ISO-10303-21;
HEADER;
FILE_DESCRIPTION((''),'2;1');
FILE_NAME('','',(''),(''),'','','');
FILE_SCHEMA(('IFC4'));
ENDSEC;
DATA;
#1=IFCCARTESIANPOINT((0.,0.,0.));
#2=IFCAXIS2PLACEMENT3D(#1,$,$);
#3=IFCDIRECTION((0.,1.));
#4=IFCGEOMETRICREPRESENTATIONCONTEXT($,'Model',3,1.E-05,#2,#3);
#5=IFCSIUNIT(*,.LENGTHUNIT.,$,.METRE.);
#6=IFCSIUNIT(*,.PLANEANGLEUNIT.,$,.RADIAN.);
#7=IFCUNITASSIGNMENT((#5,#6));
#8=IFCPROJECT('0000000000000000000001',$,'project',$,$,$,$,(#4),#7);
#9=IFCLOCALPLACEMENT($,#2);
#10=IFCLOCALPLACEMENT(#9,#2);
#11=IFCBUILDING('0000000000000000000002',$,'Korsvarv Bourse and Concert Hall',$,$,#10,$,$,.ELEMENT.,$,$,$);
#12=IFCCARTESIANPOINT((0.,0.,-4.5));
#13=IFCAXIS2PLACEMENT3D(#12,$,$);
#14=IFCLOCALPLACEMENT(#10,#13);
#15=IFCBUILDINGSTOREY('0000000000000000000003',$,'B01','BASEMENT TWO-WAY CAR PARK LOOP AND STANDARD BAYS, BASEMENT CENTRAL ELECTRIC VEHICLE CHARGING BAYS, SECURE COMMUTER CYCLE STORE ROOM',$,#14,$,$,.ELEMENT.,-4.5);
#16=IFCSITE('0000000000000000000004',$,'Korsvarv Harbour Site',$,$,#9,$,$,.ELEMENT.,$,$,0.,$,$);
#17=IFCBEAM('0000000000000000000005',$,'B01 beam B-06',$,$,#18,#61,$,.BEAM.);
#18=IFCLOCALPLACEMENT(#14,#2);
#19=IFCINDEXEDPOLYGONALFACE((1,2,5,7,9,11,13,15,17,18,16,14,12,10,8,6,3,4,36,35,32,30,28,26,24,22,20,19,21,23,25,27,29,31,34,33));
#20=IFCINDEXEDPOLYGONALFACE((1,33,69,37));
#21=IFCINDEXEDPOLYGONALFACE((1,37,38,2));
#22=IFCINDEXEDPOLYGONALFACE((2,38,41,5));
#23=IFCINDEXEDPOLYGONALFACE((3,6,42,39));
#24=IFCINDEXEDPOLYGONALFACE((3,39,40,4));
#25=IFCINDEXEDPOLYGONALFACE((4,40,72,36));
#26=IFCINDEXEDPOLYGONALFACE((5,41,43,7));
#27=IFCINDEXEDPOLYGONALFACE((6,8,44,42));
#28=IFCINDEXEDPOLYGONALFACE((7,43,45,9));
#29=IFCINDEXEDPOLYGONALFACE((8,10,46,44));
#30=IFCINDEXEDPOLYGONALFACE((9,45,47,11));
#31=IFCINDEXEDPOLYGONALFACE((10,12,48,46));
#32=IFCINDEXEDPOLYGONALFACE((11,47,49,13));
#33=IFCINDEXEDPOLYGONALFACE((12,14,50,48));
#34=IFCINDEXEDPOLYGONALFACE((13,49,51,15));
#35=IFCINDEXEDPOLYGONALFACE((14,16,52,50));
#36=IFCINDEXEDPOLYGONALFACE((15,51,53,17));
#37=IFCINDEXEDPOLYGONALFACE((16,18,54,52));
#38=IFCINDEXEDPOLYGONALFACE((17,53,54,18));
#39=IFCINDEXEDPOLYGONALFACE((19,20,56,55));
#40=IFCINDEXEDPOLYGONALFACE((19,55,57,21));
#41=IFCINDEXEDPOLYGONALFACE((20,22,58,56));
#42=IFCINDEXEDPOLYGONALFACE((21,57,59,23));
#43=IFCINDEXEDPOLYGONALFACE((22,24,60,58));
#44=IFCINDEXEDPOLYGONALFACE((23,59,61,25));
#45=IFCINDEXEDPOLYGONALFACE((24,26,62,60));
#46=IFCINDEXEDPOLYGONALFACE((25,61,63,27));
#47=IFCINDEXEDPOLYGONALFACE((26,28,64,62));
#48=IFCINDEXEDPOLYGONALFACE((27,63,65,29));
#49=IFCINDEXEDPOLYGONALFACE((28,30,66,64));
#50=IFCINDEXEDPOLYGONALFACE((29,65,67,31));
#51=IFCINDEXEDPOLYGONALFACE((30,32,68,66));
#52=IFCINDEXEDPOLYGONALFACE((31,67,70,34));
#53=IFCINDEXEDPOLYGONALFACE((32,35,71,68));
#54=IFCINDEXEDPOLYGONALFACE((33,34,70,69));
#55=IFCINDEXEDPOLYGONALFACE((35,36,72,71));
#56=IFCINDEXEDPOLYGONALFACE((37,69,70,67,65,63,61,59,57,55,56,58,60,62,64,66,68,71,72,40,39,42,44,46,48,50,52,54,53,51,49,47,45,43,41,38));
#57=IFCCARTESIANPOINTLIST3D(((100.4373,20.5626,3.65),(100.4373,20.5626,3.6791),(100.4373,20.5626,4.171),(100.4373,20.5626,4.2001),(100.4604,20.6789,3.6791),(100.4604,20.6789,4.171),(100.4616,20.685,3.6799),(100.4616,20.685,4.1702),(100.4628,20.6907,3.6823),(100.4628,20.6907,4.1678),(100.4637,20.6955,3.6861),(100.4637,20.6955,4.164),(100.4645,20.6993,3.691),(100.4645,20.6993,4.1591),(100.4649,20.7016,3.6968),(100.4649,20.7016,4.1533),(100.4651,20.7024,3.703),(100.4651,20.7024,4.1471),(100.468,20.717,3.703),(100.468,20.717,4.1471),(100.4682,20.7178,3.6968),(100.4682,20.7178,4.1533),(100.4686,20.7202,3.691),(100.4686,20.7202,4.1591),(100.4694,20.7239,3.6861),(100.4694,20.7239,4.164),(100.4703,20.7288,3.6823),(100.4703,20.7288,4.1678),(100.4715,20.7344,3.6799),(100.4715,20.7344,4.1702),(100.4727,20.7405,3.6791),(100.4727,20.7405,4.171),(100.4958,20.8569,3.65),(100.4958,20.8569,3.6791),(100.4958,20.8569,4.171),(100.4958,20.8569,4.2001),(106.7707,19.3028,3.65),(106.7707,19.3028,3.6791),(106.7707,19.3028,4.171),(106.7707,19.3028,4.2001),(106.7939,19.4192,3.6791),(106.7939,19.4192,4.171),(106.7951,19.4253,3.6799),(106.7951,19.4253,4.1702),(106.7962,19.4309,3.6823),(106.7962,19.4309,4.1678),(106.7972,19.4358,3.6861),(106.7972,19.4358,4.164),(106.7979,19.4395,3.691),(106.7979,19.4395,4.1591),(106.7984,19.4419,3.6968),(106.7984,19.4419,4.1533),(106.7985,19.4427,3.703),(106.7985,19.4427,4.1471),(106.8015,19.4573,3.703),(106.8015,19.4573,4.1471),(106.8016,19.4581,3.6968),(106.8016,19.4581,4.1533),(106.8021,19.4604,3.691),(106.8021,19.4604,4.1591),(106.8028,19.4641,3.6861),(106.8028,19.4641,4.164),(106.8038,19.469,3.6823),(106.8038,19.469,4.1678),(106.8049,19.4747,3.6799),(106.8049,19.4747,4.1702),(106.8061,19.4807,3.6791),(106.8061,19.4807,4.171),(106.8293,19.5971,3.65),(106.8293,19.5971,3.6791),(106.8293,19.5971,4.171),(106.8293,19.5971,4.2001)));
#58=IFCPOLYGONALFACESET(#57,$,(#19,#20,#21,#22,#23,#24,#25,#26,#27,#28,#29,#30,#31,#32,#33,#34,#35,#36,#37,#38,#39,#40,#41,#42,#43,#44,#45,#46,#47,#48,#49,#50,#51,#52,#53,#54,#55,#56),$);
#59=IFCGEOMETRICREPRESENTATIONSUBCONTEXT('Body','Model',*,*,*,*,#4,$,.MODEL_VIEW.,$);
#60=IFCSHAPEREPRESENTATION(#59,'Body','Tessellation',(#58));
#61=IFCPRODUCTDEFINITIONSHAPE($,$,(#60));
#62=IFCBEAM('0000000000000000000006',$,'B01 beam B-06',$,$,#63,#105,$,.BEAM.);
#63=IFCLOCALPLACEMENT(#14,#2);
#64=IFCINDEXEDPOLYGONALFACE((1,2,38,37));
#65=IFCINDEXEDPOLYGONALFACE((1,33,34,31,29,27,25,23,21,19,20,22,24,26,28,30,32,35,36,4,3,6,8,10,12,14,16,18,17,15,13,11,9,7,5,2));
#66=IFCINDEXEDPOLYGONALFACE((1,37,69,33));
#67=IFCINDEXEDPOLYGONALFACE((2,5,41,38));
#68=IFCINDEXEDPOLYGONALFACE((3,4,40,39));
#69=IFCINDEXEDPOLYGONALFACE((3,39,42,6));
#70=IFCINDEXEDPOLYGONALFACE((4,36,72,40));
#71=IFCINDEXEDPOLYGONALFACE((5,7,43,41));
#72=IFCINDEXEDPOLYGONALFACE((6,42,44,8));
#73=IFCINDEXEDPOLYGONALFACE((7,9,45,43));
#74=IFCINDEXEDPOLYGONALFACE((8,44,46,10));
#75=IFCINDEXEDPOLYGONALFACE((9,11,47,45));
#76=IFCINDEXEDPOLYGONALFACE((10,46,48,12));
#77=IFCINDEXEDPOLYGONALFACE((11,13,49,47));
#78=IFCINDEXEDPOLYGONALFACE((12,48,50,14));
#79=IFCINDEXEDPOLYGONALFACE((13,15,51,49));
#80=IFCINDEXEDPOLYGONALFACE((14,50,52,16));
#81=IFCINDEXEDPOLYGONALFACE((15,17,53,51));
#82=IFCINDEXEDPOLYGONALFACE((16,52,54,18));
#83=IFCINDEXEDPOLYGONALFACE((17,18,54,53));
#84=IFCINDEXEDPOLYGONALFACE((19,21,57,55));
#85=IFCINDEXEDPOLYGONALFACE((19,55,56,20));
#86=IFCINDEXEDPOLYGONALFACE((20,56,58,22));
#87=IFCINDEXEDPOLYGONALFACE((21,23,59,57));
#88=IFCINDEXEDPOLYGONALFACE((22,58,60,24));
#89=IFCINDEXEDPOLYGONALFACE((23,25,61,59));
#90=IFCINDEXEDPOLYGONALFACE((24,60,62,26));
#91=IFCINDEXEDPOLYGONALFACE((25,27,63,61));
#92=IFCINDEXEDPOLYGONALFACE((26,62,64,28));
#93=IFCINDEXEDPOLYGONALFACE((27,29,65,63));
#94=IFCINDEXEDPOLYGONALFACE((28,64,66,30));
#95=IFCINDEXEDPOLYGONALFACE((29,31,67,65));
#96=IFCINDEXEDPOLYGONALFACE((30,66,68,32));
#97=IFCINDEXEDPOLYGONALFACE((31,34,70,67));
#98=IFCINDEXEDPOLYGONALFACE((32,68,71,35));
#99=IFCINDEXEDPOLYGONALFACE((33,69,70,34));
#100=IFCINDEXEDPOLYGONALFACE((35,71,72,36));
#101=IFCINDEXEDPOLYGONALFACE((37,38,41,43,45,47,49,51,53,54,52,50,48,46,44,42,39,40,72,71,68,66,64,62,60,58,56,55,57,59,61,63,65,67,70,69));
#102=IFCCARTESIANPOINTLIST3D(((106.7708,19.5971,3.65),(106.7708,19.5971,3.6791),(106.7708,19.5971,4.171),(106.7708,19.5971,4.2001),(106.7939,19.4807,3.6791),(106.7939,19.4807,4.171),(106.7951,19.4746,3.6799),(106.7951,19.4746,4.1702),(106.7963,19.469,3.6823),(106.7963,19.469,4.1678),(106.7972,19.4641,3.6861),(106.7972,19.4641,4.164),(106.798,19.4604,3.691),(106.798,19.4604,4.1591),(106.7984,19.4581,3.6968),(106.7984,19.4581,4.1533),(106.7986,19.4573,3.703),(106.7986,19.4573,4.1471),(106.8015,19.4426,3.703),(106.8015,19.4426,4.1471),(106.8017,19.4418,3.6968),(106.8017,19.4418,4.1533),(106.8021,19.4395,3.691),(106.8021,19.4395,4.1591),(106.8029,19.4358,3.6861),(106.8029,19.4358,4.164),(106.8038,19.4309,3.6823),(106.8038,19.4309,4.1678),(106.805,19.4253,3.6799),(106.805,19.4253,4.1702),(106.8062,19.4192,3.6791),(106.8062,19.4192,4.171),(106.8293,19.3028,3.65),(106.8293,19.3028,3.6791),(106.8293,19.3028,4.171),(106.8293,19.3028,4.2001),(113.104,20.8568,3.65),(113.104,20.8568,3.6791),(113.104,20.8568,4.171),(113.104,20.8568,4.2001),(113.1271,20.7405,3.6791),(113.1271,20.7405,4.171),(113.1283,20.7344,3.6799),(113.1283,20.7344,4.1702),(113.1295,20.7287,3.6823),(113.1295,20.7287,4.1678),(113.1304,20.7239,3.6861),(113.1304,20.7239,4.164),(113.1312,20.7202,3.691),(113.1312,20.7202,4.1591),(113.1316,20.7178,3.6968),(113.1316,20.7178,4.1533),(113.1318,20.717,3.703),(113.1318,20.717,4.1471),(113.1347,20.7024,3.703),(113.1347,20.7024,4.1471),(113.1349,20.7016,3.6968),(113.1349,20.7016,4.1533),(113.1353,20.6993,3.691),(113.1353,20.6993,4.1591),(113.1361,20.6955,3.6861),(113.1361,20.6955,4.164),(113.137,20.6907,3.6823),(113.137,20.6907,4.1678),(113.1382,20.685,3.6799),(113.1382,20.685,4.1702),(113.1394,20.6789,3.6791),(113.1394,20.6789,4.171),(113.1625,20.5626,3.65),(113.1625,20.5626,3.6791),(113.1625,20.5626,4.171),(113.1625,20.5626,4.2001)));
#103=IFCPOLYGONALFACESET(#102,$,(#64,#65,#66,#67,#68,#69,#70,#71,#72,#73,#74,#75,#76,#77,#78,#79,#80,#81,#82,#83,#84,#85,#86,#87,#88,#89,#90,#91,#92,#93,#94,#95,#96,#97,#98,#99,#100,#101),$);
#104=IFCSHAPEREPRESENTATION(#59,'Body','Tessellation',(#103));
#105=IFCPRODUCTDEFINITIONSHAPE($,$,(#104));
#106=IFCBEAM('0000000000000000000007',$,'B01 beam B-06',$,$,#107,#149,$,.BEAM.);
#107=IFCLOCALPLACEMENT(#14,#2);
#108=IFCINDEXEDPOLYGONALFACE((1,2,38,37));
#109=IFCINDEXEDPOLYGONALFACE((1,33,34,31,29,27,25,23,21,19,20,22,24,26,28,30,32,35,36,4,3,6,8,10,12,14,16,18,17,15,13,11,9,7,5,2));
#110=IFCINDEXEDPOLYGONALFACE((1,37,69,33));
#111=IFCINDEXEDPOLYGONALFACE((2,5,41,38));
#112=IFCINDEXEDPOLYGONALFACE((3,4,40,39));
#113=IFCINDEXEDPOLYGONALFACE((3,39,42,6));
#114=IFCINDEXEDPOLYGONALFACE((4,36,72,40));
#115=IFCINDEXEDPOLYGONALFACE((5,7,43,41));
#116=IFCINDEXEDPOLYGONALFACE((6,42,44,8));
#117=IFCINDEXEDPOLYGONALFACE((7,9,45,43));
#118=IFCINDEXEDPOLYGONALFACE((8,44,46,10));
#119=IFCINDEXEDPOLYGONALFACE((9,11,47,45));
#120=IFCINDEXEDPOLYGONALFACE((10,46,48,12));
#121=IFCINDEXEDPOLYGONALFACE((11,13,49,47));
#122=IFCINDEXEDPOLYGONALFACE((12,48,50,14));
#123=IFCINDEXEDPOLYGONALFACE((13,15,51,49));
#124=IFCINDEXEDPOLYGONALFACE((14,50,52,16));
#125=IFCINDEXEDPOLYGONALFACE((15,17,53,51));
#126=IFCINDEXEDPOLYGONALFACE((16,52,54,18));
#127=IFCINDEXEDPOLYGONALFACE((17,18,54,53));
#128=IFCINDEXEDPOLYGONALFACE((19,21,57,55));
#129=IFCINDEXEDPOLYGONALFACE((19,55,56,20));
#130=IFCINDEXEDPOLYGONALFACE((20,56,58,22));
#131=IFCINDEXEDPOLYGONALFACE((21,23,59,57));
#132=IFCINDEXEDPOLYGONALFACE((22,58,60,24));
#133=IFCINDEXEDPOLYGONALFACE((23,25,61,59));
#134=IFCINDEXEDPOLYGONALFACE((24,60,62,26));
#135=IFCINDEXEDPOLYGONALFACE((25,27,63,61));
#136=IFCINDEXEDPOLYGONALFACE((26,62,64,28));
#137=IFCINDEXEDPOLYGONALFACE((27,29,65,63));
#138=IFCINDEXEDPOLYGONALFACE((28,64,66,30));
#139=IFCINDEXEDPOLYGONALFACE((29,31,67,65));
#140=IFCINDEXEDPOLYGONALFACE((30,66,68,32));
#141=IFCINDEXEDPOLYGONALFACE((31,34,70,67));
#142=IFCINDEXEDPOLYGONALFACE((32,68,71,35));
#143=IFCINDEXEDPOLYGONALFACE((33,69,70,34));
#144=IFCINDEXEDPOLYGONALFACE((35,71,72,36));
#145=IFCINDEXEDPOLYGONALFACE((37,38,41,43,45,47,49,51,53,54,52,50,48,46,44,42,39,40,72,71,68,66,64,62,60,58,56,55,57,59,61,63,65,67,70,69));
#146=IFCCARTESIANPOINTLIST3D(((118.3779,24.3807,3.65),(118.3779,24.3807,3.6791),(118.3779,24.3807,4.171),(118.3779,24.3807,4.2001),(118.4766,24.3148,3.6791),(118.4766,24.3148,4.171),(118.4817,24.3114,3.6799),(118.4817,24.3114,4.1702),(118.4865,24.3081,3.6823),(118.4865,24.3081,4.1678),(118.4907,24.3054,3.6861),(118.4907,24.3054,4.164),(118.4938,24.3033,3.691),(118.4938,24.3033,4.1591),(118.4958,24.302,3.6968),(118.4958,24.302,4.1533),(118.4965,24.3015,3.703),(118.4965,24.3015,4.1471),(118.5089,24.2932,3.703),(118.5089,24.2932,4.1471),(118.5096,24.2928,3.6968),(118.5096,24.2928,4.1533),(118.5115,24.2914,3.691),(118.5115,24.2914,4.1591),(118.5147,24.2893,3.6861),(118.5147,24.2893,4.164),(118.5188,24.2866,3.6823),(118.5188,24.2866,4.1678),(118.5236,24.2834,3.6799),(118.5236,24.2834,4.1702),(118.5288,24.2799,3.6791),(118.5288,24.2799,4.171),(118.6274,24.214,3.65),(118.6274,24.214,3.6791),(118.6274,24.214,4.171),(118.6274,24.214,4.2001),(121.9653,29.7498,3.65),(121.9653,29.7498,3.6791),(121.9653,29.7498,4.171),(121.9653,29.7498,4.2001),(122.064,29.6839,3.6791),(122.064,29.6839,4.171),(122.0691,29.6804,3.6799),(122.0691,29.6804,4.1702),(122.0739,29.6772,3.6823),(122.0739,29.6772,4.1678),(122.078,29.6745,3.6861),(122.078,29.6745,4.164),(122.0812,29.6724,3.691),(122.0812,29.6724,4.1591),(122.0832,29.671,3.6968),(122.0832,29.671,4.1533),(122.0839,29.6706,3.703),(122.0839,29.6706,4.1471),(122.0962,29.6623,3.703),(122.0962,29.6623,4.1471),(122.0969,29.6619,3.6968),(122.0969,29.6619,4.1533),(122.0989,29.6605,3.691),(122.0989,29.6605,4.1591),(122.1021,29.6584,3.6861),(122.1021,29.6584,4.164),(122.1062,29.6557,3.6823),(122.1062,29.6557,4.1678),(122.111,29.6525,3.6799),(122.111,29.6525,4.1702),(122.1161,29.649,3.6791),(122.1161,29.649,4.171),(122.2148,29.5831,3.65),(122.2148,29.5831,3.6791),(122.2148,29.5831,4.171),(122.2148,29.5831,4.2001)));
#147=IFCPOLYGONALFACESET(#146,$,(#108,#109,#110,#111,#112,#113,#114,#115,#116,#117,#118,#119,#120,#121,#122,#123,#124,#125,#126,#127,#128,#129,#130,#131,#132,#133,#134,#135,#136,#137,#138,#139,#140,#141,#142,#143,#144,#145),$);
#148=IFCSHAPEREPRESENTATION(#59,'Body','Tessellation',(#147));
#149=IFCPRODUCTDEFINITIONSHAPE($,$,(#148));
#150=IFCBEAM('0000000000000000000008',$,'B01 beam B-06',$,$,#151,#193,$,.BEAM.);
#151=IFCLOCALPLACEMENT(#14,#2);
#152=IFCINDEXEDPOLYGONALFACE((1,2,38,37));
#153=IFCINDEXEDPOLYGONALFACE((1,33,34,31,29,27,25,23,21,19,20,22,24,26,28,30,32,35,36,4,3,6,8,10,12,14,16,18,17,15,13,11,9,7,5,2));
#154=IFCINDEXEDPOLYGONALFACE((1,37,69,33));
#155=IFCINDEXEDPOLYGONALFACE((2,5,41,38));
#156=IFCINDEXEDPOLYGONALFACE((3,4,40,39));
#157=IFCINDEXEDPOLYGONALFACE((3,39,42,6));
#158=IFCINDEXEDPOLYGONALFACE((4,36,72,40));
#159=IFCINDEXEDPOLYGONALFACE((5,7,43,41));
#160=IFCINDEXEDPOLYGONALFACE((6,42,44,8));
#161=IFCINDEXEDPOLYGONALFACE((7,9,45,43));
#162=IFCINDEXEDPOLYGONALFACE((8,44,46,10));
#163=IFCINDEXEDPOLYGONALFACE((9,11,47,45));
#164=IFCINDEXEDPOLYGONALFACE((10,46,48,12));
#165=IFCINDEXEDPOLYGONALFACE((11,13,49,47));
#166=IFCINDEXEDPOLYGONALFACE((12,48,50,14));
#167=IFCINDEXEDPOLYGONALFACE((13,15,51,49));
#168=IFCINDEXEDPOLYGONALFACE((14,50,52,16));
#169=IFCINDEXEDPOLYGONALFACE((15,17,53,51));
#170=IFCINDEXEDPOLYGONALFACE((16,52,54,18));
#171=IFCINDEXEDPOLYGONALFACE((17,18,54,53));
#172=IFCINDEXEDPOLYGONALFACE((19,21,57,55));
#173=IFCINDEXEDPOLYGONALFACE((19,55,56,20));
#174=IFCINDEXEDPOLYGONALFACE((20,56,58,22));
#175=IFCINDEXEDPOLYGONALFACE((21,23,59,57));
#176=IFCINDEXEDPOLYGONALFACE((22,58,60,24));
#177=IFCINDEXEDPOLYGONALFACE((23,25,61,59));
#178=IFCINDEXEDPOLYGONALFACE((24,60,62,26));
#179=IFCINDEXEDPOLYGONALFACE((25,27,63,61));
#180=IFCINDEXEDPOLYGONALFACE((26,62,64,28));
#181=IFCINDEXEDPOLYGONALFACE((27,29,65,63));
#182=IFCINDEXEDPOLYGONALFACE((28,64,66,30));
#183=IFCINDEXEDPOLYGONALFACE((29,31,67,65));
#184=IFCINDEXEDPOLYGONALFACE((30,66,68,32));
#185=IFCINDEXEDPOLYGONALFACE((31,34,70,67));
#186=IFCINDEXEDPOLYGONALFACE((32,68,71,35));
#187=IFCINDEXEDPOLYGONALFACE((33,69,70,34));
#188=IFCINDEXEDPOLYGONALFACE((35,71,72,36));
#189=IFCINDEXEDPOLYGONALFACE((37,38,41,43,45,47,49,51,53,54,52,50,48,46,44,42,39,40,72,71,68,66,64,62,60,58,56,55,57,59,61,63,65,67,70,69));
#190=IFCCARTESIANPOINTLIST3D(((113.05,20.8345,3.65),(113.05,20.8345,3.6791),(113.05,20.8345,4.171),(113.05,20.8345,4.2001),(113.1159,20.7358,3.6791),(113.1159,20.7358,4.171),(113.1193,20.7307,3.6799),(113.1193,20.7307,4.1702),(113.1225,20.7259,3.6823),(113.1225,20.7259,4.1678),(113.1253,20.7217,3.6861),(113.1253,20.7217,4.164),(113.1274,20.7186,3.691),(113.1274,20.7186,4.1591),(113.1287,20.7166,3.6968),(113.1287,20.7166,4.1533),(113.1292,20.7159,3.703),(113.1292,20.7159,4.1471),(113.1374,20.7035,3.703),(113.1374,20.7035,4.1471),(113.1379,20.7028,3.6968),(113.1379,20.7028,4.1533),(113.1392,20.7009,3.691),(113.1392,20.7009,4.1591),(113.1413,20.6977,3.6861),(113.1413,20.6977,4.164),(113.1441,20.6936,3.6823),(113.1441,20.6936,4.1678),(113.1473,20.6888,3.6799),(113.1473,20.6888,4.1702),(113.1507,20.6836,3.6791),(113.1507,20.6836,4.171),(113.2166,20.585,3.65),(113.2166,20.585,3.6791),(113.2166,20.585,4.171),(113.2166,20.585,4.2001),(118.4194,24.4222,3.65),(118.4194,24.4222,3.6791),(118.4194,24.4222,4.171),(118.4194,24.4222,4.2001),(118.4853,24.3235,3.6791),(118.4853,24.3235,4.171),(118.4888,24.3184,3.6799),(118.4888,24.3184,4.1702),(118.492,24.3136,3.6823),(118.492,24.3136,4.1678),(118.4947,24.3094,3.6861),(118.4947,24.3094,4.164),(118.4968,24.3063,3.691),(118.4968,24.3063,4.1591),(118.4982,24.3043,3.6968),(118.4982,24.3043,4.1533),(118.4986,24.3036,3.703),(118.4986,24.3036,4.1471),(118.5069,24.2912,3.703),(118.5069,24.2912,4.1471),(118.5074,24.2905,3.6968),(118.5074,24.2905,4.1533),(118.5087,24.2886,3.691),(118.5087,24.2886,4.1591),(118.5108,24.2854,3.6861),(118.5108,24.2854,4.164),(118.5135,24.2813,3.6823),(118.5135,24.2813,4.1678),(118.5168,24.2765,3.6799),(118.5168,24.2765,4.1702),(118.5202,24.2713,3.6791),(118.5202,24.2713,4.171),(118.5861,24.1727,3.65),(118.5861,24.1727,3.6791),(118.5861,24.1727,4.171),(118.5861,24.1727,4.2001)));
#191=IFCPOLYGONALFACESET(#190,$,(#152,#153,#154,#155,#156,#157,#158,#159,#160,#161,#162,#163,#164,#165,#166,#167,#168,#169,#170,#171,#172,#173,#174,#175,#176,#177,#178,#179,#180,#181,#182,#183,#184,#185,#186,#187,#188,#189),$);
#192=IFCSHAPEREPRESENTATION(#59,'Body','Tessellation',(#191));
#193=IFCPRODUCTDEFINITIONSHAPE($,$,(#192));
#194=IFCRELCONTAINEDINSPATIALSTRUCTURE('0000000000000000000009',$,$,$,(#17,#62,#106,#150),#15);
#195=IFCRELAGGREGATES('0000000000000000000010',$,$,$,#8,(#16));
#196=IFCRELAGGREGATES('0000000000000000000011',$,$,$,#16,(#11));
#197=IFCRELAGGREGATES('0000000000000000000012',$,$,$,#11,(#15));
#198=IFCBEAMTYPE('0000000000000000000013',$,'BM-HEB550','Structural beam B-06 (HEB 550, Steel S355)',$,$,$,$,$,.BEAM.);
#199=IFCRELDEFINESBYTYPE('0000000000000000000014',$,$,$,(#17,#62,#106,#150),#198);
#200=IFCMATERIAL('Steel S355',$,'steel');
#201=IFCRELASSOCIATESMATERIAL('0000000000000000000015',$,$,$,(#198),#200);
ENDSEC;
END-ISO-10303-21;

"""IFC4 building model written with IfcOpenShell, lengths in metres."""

from ifc_helpers import new_model, si_unit, direction, frame, origin, origin_2d, place, context, subcontext, project, spatial, i_section, extrude, source, transform, mapped, material, material_profile, profile_set, type_object, element, save


model = new_model("IFC4")

# Units and contexts
model_context = context("Model", 3, precision=1e-05, world=origin(), true_north=direction((0.0, 1.0)))
body_context = subcontext(model_context, "Body", "Model", "MODEL_VIEW")
ifc_project = project(units=[si_unit("LENGTHUNIT", "METRE"), si_unit("PLANEANGLEUNIT", "RADIAN")], contexts=[model_context])

# Site, building, storey
site_placement = place(None, origin())
site = spatial("IfcSite", under=ifc_project, at=site_placement, Name="Korsvarv Harbour Site", CompositionType="ELEMENT", RefElevation=0.0)
building_placement = place(site_placement, origin())
building = spatial("IfcBuilding", under=site, at=building_placement, Name="Korsvarv Bourse and Concert Hall", CompositionType="ELEMENT")
storey_placement = place(building_placement, frame((0.0, 0.0, -4.5)))
storey = spatial("IfcBuildingStorey", under=building, at=storey_placement, Name="B01", Description="BASEMENT TWO-WAY CAR PARK LOOP AND STANDARD BAYS, BASEMENT CENTRAL ELECTRIC VEHICLE CHARGING BAYS, SECURE COMMUTER CYCLE STORE ROOM", CompositionType="ELEMENT", Elevation=-4.5)

# Beams
ifc_material_1 = material(Name="Steel S355", Category="steel")
ifc_material_profile_1 = material_profile(ifc_material_1, i_section(OverallWidth=0.3, OverallDepth=0.55, WebThickness=0.0149, FlangeThickness=0.0291, FilletRadius=0.0239, at=origin_2d()), Name="HEB 550")
ifc_profile_set_1 = profile_set([ifc_material_profile_1], Name="Steel S355")
beam_type_1 = type_object("IfcBeamType", Name="BM-HEB550", Description="Structural beam B-06 (HEB 550, Steel S355)", PredefinedType="BEAM", material=ifc_profile_set_1)
shared_shape_1 = source(origin(), body_context, "Body", "SweptSolid", [
    extrude(i_section(OverallWidth=0.3, OverallDepth=0.55, WebThickness=0.0149, FlangeThickness=0.0291, FilletRadius=0.0239, at=origin_2d()), origin(), (0.0, 0.0, 1.0), 6.4575),
])
beam_1_placement = place(storey_placement, frame((100.4666, 20.7097, 3.925), z_axis=(0.980787, -0.195084, 0.0), x_axis=(0.195084, 0.980787, 0.0)))
element("IfcBeam", 1, at=beam_1_placement, inside=storey, type_object=beam_type_1, Name="B01 beam B-06", PredefinedType="BEAM", context=body_context, shape_type="MappedRepresentation", body=[
    mapped(shared_shape_1, transform((0.0, 0.0, 0.0), scale=1.0)),
])
shared_shape_2 = source(origin(), body_context, "Body", "SweptSolid", [
    extrude(i_section(OverallWidth=0.3, OverallDepth=0.55, WebThickness=0.0149, FlangeThickness=0.0291, FilletRadius=0.0239, at=origin_2d()), origin(), (0.0, 0.0, 1.0), 6.4573),
])
for number, where, z_axis, x_axis, name in (
    (2, (106.8, 19.45, 3.925), (0.980785, 0.195091, 0.0), (-0.195091, 0.980785, 0.0), "B01 beam B-06"),
    (3, (118.5027, 24.2974, 3.925), (0.555555, 0.83148, 0.0), (-0.83148, 0.555555, 0.0), "B01 beam B-06"),
):
    element("IfcBeam", number, at=place(storey_placement, frame(where, z_axis=z_axis, x_axis=x_axis)), inside=storey, type_object=beam_type_1, Name=name, PredefinedType="BEAM", context=body_context, shape_type="MappedRepresentation", body=[
        mapped(shared_shape_2, transform((0.0, 0.0, 0.0), scale=1.0)),
    ])
shared_shape_3 = source(origin(), body_context, "Body", "SweptSolid", [
    extrude(i_section(OverallWidth=0.3, OverallDepth=0.55, WebThickness=0.0149, FlangeThickness=0.0291, FilletRadius=0.0239, at=origin_2d()), origin(), (0.0, 0.0, 1.0), 6.4578),
])
beam_2_placement = place(storey_placement, frame((113.1333, 20.7097, 3.925), z_axis=(0.831474, 0.555564, 0.0), x_axis=(-0.555564, 0.831474, 0.0)))
element("IfcBeam", 4, at=beam_2_placement, inside=storey, type_object=beam_type_1, Name="B01 beam B-06", PredefinedType="BEAM", context=body_context, shape_type="MappedRepresentation", body=[
    mapped(shared_shape_3, transform((0.0, 0.0, 0.0), scale=1.0)),
])

save(model, "model.ifc")
